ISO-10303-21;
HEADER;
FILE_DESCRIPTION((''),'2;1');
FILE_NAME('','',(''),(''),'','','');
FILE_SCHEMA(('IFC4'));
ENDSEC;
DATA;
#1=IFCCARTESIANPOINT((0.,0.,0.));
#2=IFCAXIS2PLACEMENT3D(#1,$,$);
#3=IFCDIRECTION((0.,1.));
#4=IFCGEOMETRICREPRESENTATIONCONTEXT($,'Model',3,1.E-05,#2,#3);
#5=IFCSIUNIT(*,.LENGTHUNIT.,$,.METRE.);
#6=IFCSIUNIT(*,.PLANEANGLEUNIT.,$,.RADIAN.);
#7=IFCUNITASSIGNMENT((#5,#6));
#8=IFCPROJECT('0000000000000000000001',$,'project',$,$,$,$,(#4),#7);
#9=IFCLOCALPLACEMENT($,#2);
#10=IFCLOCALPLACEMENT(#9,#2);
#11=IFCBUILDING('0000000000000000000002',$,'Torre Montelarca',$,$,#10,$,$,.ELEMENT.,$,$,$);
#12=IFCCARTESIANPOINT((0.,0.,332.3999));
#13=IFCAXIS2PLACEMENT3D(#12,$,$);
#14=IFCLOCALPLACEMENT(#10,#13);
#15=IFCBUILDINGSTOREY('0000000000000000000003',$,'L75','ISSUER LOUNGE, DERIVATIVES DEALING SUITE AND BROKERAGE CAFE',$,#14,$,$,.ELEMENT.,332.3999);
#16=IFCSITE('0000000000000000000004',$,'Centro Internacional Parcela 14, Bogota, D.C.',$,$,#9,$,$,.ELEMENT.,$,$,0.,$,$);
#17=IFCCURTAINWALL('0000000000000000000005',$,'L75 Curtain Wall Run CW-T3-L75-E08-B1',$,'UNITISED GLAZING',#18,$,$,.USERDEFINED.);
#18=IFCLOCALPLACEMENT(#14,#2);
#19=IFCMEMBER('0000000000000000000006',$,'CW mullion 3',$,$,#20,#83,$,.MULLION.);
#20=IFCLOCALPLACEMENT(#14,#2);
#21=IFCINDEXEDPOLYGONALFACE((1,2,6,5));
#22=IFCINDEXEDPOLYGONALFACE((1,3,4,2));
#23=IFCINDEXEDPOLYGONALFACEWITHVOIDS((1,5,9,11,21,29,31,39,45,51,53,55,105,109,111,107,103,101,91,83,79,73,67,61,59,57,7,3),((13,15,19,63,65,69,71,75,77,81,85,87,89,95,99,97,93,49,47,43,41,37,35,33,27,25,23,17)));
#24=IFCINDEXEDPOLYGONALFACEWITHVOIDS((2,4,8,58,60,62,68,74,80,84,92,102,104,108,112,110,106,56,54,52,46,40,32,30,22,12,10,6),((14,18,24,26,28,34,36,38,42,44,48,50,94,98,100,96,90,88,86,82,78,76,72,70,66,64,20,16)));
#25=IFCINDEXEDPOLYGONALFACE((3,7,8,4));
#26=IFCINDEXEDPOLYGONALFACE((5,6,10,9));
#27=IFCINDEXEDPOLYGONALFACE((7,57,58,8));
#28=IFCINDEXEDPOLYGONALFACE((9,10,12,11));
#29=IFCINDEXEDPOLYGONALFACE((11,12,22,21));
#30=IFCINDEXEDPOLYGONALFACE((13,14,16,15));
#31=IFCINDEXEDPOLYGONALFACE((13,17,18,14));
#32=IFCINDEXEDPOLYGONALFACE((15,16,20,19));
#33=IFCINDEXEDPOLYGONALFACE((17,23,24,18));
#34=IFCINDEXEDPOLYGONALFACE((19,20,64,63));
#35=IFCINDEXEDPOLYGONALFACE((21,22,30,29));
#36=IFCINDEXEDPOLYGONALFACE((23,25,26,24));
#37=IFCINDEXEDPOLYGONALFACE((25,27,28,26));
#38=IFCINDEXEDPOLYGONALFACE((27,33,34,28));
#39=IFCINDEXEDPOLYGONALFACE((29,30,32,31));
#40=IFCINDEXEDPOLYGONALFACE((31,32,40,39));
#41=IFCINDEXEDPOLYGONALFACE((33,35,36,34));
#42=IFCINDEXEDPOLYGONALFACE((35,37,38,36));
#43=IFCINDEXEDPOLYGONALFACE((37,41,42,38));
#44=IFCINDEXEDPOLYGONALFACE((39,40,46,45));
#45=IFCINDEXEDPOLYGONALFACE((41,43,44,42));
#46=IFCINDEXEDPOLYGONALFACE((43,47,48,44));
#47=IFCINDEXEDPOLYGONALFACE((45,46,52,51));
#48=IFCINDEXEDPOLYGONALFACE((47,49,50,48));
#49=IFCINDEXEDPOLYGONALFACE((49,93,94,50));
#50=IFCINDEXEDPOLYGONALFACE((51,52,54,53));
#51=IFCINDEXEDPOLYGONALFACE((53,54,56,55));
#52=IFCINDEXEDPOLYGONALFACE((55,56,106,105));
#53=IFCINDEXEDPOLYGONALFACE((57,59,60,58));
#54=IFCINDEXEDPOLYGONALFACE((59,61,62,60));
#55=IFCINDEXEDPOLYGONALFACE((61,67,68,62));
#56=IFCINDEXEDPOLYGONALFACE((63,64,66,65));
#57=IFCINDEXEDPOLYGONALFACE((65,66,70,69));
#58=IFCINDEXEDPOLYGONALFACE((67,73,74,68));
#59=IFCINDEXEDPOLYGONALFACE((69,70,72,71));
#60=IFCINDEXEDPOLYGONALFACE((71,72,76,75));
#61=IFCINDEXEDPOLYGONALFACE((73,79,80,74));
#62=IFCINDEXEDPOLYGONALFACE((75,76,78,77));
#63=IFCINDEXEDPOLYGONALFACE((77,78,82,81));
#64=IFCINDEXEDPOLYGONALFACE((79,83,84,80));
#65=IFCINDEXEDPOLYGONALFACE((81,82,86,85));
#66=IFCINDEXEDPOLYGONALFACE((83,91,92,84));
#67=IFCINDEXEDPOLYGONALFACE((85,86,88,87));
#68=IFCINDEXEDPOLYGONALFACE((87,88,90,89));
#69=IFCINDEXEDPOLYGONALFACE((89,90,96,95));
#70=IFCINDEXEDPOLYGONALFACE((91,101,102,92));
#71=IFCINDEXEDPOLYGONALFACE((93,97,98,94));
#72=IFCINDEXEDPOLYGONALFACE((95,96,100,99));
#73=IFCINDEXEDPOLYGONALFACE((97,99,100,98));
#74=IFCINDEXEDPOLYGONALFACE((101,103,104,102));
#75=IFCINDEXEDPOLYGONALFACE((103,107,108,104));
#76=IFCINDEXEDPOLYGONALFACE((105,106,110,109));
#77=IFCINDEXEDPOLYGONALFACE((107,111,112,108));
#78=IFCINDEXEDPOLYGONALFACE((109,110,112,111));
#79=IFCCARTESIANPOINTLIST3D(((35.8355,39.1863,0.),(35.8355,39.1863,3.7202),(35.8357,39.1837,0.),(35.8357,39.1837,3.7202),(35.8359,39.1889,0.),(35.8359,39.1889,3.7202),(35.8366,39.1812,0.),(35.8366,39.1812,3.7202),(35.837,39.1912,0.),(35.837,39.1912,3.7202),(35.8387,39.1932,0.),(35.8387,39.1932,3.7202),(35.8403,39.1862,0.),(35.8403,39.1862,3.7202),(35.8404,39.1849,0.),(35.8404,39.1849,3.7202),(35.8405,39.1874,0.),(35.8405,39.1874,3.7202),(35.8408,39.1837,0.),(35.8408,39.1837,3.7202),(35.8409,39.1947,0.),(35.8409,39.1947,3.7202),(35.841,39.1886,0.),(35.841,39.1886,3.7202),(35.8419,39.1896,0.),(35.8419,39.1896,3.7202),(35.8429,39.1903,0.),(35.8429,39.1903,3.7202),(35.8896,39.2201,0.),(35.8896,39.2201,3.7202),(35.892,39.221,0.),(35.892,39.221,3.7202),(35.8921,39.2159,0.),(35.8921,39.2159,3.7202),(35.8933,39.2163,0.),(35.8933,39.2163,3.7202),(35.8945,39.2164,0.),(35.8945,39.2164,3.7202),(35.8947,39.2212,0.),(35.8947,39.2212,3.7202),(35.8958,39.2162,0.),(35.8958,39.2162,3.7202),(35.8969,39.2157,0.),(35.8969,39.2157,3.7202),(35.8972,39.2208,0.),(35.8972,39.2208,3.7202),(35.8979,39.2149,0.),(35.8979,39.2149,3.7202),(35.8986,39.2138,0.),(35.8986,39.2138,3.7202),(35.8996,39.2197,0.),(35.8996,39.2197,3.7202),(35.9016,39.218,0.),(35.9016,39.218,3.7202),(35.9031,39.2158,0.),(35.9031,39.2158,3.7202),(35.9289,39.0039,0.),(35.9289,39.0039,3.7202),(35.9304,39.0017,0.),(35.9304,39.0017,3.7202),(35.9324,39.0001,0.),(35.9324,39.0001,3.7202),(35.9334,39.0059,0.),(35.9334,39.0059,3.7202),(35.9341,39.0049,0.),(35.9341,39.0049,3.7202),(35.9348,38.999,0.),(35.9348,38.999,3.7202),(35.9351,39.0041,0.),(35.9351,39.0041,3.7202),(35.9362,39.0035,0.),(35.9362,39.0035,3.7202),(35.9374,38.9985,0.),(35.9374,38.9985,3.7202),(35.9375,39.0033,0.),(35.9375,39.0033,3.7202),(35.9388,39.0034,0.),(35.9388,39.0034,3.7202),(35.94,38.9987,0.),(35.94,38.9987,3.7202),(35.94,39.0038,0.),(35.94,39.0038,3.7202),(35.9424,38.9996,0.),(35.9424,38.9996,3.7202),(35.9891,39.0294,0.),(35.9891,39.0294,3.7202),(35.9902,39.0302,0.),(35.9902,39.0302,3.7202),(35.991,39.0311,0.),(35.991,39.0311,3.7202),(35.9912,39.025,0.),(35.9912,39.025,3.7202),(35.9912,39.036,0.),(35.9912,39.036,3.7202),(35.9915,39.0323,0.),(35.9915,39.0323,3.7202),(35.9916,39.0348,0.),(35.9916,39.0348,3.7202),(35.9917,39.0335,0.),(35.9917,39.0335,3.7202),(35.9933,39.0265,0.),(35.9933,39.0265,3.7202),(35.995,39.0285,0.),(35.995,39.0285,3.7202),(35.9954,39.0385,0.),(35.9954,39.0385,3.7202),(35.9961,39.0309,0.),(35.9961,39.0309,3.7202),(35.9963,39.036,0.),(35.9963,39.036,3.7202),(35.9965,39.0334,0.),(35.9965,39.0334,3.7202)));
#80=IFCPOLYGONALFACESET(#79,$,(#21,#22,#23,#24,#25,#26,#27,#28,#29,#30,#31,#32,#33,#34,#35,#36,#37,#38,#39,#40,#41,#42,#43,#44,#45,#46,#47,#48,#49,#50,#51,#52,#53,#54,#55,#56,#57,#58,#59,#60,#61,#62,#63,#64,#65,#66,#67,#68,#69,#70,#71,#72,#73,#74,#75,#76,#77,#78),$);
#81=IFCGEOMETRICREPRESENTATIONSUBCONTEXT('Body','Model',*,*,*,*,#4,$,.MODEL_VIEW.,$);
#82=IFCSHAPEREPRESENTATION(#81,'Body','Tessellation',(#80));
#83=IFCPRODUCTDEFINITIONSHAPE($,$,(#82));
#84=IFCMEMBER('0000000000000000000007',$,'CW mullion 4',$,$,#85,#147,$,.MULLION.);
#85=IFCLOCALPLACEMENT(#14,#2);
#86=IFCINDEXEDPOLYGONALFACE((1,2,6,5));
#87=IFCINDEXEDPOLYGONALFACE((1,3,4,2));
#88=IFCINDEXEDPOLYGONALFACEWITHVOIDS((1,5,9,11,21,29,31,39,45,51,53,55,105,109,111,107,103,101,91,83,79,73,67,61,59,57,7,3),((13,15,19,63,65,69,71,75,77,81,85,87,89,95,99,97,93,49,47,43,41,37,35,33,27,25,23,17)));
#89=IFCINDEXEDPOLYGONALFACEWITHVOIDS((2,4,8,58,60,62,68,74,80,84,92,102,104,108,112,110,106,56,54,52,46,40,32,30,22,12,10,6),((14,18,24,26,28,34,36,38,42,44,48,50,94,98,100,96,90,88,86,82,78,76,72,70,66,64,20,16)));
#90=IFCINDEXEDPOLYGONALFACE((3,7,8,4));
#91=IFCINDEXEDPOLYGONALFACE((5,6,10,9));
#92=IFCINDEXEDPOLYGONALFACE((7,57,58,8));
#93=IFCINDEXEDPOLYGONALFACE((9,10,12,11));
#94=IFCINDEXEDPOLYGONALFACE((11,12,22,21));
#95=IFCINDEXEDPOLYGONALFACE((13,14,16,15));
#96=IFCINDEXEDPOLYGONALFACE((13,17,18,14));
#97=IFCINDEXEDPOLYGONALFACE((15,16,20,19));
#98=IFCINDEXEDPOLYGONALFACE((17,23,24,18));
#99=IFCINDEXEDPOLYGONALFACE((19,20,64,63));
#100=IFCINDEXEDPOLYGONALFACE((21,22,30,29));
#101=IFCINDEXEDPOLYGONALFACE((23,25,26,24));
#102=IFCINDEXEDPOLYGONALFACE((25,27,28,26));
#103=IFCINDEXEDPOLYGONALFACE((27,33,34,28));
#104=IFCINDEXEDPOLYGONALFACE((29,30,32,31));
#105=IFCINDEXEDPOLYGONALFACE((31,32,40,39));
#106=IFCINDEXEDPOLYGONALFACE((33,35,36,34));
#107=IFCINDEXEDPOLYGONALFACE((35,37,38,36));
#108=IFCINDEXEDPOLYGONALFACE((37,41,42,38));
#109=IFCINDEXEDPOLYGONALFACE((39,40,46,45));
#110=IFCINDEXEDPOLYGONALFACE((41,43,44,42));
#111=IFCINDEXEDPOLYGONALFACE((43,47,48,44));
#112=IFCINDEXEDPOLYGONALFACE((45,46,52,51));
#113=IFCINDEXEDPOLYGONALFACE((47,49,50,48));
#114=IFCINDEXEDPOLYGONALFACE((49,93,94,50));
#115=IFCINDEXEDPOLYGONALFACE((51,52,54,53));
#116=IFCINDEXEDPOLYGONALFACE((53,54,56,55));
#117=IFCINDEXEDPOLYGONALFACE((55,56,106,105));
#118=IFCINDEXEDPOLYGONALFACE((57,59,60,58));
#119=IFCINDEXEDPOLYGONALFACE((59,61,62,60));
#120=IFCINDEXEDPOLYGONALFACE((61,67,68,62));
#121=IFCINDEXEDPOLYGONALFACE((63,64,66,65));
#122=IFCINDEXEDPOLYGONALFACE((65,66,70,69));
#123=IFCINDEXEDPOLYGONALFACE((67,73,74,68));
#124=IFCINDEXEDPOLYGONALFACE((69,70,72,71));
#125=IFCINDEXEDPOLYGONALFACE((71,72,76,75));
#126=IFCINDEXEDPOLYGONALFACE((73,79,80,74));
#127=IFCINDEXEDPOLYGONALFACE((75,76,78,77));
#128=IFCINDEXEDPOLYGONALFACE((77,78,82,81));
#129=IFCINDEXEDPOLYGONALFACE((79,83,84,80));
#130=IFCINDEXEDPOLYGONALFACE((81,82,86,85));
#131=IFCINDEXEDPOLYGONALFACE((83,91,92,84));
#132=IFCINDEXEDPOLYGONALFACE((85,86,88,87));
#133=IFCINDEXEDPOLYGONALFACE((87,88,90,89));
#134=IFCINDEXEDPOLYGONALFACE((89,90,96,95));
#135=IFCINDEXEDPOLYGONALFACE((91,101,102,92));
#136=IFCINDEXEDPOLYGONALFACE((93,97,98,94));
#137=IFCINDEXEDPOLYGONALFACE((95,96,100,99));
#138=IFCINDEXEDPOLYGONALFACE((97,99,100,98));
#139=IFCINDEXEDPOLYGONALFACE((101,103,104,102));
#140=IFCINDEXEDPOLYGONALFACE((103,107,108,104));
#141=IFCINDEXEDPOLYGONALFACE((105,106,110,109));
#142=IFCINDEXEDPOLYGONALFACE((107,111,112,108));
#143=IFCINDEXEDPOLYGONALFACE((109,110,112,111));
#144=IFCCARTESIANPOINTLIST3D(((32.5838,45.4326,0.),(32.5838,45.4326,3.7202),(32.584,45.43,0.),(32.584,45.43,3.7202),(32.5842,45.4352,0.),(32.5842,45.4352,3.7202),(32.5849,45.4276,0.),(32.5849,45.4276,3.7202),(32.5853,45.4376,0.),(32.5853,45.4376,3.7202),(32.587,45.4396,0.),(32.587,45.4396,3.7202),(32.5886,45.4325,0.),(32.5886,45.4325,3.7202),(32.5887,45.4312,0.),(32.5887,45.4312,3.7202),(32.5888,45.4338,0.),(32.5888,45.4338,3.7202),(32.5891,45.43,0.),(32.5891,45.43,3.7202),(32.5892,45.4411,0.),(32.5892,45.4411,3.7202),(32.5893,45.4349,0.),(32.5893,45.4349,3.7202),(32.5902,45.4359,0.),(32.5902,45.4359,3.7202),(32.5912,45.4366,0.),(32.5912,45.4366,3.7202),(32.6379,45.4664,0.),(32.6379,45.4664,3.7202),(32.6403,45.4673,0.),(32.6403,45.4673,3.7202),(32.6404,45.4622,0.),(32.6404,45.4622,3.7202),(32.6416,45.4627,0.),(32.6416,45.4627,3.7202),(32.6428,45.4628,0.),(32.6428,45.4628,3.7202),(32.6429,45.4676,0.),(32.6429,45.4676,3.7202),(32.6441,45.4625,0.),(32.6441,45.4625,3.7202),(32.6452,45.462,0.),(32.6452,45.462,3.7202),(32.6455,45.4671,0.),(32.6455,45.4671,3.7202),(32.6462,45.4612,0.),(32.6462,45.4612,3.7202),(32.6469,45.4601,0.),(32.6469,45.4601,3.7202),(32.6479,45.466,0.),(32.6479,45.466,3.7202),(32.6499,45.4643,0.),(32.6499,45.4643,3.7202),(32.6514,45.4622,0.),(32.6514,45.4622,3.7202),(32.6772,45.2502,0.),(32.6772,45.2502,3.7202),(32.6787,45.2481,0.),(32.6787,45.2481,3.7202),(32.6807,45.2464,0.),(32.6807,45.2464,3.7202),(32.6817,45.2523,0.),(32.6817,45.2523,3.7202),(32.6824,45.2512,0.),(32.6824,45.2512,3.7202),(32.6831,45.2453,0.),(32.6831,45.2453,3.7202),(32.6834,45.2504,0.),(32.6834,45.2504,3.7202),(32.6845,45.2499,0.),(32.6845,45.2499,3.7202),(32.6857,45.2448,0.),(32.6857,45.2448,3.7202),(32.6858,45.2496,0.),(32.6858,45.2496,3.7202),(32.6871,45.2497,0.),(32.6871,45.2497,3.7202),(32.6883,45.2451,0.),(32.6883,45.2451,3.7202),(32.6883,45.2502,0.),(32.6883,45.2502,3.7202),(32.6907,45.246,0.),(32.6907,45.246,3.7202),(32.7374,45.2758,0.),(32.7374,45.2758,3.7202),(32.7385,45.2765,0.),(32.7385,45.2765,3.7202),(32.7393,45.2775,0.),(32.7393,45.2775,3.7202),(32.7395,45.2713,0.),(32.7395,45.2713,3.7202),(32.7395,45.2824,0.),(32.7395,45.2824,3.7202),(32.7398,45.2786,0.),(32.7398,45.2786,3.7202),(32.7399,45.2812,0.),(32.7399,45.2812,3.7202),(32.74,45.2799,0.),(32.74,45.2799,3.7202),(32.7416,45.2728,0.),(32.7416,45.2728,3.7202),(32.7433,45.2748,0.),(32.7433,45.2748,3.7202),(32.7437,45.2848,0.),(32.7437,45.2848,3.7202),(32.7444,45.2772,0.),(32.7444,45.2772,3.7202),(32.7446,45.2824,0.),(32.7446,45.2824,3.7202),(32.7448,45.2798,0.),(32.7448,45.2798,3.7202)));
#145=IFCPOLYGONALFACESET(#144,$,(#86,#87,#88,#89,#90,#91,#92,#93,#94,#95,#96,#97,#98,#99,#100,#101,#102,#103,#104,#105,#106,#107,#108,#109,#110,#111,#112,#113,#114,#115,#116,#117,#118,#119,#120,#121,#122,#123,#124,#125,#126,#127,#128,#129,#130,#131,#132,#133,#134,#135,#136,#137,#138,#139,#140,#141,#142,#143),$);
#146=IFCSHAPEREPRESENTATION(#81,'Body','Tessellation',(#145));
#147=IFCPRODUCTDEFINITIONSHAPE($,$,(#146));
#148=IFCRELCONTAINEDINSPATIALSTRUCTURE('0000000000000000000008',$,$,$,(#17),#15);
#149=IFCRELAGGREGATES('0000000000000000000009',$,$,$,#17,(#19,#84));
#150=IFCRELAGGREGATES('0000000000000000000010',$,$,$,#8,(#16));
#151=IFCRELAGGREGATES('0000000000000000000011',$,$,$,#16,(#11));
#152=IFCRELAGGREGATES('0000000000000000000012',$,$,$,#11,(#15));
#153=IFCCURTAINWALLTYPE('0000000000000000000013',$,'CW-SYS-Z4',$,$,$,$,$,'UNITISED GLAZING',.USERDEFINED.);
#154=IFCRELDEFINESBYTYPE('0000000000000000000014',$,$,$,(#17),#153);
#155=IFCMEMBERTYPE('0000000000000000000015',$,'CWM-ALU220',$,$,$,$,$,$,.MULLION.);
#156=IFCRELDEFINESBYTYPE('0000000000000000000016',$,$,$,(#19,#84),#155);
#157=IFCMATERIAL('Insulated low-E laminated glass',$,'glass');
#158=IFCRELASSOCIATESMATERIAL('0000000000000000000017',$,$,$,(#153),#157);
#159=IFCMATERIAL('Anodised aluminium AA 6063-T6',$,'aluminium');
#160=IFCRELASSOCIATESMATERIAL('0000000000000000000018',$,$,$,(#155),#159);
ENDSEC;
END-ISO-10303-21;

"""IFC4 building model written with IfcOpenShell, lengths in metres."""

from ifc_helpers import new_model, si_unit, direction, frame, origin, origin_2d, place, context, subcontext, project, spatial, hollow_rectangle, extrude, source, transform, mapped, material, material_profile, profile_set, type_object, element, aggregate, save


model = new_model("IFC4")

# Units and contexts
model_context = context("Model", 3, precision=1e-05, world=origin(), true_north=direction((0.0, 1.0)))
body_context = subcontext(model_context, "Body", "Model", "MODEL_VIEW")
ifc_project = project(units=[si_unit("LENGTHUNIT", "METRE"), si_unit("PLANEANGLEUNIT", "RADIAN")], contexts=[model_context])

# Site, building, storey
site_placement = place(None, origin())
site = spatial("IfcSite", under=ifc_project, at=site_placement, Name="Centro Internacional Parcela 14, Bogota, D.C.", CompositionType="ELEMENT", RefElevation=0.0)
building_placement = place(site_placement, origin())
building = spatial("IfcBuilding", under=site, at=building_placement, Name="Torre Montelarca", CompositionType="ELEMENT")
storey_placement = place(building_placement, frame((0.0, 0.0, 332.3999)))
storey = spatial("IfcBuildingStorey", under=building, at=storey_placement, Name="L75", Description="ISSUER LOUNGE, DERIVATIVES DEALING SUITE AND BROKERAGE CAFE", CompositionType="ELEMENT", Elevation=332.3999)

# Curtain wall, members
ifc_material_1 = material(Name="Insulated low-E laminated glass", Category="glass")
curtain_wall_type = type_object("IfcCurtainWallType", Name="CW-SYS-Z4", ElementType="UNITISED GLAZING", PredefinedType="USERDEFINED", material=ifc_material_1)
curtain_wall_1_placement = place(storey_placement, origin())
curtain_wall_1 = element("IfcCurtainWall", 1, at=curtain_wall_1_placement, inside=storey, type_object=curtain_wall_type, Name="L75 Curtain Wall Run CW-T3-L75-E08-B1", ObjectType="UNITISED GLAZING", PredefinedType="USERDEFINED")
ifc_material_2 = material(Name="Anodised aluminium AA 6063-T6", Category="aluminium")
ifc_material_profile_1 = material_profile(ifc_material_2, hollow_rectangle(XDim=0.075, YDim=0.22, WallThickness=0.0049, InnerFilletRadius=0.0049, OuterFilletRadius=0.01, at=origin_2d()), Name="ALU75X220X5", Category="aluminium")
ifc_profile_set_1 = profile_set([ifc_material_profile_1], Name="Anodised aluminium AA 6063-T6")
member_type_1 = type_object("IfcMemberType", Name="CWM-ALU220", PredefinedType="MULLION", material=ifc_profile_set_1)
shared_shape_1 = source(origin(), body_context, "Body", "SweptSolid", [
    extrude(hollow_rectangle(XDim=0.075, YDim=0.22, WallThickness=0.0049, InnerFilletRadius=0.0049, OuterFilletRadius=0.01, at=origin_2d()), origin(), (0.0, 0.0, 1.0), 3.7202),
])
member_1_placement = place(storey_placement, frame((35.916, 39.1099, 0.0), z_axis=(0.0, 0.0, 1.0), x_axis=(-0.887013, -0.461745, 0.0)))
member_1 = element("IfcMember", 2, at=member_1_placement, type_object=member_type_1, Name="CW mullion 3", PredefinedType="MULLION", context=body_context, shape_type="MappedRepresentation", body=[
    mapped(shared_shape_1, transform((0.0, 0.0, 0.0), scale=1.0)),
])
member_2_placement = place(storey_placement, frame((32.6643, 45.3562, 0.0), z_axis=(0.0, 0.0, 1.0), x_axis=(-0.887013, -0.461745, 0.0)))
member_2 = element("IfcMember", 3, at=member_2_placement, type_object=member_type_1, Name="CW mullion 4", PredefinedType="MULLION", context=body_context, shape_type="MappedRepresentation", body=[
    mapped(shared_shape_1, transform((0.0, 0.0, 0.0), scale=1.0)),
])

aggregate(curtain_wall_1, [member_1, member_2])

save(model, "model.ifc")
